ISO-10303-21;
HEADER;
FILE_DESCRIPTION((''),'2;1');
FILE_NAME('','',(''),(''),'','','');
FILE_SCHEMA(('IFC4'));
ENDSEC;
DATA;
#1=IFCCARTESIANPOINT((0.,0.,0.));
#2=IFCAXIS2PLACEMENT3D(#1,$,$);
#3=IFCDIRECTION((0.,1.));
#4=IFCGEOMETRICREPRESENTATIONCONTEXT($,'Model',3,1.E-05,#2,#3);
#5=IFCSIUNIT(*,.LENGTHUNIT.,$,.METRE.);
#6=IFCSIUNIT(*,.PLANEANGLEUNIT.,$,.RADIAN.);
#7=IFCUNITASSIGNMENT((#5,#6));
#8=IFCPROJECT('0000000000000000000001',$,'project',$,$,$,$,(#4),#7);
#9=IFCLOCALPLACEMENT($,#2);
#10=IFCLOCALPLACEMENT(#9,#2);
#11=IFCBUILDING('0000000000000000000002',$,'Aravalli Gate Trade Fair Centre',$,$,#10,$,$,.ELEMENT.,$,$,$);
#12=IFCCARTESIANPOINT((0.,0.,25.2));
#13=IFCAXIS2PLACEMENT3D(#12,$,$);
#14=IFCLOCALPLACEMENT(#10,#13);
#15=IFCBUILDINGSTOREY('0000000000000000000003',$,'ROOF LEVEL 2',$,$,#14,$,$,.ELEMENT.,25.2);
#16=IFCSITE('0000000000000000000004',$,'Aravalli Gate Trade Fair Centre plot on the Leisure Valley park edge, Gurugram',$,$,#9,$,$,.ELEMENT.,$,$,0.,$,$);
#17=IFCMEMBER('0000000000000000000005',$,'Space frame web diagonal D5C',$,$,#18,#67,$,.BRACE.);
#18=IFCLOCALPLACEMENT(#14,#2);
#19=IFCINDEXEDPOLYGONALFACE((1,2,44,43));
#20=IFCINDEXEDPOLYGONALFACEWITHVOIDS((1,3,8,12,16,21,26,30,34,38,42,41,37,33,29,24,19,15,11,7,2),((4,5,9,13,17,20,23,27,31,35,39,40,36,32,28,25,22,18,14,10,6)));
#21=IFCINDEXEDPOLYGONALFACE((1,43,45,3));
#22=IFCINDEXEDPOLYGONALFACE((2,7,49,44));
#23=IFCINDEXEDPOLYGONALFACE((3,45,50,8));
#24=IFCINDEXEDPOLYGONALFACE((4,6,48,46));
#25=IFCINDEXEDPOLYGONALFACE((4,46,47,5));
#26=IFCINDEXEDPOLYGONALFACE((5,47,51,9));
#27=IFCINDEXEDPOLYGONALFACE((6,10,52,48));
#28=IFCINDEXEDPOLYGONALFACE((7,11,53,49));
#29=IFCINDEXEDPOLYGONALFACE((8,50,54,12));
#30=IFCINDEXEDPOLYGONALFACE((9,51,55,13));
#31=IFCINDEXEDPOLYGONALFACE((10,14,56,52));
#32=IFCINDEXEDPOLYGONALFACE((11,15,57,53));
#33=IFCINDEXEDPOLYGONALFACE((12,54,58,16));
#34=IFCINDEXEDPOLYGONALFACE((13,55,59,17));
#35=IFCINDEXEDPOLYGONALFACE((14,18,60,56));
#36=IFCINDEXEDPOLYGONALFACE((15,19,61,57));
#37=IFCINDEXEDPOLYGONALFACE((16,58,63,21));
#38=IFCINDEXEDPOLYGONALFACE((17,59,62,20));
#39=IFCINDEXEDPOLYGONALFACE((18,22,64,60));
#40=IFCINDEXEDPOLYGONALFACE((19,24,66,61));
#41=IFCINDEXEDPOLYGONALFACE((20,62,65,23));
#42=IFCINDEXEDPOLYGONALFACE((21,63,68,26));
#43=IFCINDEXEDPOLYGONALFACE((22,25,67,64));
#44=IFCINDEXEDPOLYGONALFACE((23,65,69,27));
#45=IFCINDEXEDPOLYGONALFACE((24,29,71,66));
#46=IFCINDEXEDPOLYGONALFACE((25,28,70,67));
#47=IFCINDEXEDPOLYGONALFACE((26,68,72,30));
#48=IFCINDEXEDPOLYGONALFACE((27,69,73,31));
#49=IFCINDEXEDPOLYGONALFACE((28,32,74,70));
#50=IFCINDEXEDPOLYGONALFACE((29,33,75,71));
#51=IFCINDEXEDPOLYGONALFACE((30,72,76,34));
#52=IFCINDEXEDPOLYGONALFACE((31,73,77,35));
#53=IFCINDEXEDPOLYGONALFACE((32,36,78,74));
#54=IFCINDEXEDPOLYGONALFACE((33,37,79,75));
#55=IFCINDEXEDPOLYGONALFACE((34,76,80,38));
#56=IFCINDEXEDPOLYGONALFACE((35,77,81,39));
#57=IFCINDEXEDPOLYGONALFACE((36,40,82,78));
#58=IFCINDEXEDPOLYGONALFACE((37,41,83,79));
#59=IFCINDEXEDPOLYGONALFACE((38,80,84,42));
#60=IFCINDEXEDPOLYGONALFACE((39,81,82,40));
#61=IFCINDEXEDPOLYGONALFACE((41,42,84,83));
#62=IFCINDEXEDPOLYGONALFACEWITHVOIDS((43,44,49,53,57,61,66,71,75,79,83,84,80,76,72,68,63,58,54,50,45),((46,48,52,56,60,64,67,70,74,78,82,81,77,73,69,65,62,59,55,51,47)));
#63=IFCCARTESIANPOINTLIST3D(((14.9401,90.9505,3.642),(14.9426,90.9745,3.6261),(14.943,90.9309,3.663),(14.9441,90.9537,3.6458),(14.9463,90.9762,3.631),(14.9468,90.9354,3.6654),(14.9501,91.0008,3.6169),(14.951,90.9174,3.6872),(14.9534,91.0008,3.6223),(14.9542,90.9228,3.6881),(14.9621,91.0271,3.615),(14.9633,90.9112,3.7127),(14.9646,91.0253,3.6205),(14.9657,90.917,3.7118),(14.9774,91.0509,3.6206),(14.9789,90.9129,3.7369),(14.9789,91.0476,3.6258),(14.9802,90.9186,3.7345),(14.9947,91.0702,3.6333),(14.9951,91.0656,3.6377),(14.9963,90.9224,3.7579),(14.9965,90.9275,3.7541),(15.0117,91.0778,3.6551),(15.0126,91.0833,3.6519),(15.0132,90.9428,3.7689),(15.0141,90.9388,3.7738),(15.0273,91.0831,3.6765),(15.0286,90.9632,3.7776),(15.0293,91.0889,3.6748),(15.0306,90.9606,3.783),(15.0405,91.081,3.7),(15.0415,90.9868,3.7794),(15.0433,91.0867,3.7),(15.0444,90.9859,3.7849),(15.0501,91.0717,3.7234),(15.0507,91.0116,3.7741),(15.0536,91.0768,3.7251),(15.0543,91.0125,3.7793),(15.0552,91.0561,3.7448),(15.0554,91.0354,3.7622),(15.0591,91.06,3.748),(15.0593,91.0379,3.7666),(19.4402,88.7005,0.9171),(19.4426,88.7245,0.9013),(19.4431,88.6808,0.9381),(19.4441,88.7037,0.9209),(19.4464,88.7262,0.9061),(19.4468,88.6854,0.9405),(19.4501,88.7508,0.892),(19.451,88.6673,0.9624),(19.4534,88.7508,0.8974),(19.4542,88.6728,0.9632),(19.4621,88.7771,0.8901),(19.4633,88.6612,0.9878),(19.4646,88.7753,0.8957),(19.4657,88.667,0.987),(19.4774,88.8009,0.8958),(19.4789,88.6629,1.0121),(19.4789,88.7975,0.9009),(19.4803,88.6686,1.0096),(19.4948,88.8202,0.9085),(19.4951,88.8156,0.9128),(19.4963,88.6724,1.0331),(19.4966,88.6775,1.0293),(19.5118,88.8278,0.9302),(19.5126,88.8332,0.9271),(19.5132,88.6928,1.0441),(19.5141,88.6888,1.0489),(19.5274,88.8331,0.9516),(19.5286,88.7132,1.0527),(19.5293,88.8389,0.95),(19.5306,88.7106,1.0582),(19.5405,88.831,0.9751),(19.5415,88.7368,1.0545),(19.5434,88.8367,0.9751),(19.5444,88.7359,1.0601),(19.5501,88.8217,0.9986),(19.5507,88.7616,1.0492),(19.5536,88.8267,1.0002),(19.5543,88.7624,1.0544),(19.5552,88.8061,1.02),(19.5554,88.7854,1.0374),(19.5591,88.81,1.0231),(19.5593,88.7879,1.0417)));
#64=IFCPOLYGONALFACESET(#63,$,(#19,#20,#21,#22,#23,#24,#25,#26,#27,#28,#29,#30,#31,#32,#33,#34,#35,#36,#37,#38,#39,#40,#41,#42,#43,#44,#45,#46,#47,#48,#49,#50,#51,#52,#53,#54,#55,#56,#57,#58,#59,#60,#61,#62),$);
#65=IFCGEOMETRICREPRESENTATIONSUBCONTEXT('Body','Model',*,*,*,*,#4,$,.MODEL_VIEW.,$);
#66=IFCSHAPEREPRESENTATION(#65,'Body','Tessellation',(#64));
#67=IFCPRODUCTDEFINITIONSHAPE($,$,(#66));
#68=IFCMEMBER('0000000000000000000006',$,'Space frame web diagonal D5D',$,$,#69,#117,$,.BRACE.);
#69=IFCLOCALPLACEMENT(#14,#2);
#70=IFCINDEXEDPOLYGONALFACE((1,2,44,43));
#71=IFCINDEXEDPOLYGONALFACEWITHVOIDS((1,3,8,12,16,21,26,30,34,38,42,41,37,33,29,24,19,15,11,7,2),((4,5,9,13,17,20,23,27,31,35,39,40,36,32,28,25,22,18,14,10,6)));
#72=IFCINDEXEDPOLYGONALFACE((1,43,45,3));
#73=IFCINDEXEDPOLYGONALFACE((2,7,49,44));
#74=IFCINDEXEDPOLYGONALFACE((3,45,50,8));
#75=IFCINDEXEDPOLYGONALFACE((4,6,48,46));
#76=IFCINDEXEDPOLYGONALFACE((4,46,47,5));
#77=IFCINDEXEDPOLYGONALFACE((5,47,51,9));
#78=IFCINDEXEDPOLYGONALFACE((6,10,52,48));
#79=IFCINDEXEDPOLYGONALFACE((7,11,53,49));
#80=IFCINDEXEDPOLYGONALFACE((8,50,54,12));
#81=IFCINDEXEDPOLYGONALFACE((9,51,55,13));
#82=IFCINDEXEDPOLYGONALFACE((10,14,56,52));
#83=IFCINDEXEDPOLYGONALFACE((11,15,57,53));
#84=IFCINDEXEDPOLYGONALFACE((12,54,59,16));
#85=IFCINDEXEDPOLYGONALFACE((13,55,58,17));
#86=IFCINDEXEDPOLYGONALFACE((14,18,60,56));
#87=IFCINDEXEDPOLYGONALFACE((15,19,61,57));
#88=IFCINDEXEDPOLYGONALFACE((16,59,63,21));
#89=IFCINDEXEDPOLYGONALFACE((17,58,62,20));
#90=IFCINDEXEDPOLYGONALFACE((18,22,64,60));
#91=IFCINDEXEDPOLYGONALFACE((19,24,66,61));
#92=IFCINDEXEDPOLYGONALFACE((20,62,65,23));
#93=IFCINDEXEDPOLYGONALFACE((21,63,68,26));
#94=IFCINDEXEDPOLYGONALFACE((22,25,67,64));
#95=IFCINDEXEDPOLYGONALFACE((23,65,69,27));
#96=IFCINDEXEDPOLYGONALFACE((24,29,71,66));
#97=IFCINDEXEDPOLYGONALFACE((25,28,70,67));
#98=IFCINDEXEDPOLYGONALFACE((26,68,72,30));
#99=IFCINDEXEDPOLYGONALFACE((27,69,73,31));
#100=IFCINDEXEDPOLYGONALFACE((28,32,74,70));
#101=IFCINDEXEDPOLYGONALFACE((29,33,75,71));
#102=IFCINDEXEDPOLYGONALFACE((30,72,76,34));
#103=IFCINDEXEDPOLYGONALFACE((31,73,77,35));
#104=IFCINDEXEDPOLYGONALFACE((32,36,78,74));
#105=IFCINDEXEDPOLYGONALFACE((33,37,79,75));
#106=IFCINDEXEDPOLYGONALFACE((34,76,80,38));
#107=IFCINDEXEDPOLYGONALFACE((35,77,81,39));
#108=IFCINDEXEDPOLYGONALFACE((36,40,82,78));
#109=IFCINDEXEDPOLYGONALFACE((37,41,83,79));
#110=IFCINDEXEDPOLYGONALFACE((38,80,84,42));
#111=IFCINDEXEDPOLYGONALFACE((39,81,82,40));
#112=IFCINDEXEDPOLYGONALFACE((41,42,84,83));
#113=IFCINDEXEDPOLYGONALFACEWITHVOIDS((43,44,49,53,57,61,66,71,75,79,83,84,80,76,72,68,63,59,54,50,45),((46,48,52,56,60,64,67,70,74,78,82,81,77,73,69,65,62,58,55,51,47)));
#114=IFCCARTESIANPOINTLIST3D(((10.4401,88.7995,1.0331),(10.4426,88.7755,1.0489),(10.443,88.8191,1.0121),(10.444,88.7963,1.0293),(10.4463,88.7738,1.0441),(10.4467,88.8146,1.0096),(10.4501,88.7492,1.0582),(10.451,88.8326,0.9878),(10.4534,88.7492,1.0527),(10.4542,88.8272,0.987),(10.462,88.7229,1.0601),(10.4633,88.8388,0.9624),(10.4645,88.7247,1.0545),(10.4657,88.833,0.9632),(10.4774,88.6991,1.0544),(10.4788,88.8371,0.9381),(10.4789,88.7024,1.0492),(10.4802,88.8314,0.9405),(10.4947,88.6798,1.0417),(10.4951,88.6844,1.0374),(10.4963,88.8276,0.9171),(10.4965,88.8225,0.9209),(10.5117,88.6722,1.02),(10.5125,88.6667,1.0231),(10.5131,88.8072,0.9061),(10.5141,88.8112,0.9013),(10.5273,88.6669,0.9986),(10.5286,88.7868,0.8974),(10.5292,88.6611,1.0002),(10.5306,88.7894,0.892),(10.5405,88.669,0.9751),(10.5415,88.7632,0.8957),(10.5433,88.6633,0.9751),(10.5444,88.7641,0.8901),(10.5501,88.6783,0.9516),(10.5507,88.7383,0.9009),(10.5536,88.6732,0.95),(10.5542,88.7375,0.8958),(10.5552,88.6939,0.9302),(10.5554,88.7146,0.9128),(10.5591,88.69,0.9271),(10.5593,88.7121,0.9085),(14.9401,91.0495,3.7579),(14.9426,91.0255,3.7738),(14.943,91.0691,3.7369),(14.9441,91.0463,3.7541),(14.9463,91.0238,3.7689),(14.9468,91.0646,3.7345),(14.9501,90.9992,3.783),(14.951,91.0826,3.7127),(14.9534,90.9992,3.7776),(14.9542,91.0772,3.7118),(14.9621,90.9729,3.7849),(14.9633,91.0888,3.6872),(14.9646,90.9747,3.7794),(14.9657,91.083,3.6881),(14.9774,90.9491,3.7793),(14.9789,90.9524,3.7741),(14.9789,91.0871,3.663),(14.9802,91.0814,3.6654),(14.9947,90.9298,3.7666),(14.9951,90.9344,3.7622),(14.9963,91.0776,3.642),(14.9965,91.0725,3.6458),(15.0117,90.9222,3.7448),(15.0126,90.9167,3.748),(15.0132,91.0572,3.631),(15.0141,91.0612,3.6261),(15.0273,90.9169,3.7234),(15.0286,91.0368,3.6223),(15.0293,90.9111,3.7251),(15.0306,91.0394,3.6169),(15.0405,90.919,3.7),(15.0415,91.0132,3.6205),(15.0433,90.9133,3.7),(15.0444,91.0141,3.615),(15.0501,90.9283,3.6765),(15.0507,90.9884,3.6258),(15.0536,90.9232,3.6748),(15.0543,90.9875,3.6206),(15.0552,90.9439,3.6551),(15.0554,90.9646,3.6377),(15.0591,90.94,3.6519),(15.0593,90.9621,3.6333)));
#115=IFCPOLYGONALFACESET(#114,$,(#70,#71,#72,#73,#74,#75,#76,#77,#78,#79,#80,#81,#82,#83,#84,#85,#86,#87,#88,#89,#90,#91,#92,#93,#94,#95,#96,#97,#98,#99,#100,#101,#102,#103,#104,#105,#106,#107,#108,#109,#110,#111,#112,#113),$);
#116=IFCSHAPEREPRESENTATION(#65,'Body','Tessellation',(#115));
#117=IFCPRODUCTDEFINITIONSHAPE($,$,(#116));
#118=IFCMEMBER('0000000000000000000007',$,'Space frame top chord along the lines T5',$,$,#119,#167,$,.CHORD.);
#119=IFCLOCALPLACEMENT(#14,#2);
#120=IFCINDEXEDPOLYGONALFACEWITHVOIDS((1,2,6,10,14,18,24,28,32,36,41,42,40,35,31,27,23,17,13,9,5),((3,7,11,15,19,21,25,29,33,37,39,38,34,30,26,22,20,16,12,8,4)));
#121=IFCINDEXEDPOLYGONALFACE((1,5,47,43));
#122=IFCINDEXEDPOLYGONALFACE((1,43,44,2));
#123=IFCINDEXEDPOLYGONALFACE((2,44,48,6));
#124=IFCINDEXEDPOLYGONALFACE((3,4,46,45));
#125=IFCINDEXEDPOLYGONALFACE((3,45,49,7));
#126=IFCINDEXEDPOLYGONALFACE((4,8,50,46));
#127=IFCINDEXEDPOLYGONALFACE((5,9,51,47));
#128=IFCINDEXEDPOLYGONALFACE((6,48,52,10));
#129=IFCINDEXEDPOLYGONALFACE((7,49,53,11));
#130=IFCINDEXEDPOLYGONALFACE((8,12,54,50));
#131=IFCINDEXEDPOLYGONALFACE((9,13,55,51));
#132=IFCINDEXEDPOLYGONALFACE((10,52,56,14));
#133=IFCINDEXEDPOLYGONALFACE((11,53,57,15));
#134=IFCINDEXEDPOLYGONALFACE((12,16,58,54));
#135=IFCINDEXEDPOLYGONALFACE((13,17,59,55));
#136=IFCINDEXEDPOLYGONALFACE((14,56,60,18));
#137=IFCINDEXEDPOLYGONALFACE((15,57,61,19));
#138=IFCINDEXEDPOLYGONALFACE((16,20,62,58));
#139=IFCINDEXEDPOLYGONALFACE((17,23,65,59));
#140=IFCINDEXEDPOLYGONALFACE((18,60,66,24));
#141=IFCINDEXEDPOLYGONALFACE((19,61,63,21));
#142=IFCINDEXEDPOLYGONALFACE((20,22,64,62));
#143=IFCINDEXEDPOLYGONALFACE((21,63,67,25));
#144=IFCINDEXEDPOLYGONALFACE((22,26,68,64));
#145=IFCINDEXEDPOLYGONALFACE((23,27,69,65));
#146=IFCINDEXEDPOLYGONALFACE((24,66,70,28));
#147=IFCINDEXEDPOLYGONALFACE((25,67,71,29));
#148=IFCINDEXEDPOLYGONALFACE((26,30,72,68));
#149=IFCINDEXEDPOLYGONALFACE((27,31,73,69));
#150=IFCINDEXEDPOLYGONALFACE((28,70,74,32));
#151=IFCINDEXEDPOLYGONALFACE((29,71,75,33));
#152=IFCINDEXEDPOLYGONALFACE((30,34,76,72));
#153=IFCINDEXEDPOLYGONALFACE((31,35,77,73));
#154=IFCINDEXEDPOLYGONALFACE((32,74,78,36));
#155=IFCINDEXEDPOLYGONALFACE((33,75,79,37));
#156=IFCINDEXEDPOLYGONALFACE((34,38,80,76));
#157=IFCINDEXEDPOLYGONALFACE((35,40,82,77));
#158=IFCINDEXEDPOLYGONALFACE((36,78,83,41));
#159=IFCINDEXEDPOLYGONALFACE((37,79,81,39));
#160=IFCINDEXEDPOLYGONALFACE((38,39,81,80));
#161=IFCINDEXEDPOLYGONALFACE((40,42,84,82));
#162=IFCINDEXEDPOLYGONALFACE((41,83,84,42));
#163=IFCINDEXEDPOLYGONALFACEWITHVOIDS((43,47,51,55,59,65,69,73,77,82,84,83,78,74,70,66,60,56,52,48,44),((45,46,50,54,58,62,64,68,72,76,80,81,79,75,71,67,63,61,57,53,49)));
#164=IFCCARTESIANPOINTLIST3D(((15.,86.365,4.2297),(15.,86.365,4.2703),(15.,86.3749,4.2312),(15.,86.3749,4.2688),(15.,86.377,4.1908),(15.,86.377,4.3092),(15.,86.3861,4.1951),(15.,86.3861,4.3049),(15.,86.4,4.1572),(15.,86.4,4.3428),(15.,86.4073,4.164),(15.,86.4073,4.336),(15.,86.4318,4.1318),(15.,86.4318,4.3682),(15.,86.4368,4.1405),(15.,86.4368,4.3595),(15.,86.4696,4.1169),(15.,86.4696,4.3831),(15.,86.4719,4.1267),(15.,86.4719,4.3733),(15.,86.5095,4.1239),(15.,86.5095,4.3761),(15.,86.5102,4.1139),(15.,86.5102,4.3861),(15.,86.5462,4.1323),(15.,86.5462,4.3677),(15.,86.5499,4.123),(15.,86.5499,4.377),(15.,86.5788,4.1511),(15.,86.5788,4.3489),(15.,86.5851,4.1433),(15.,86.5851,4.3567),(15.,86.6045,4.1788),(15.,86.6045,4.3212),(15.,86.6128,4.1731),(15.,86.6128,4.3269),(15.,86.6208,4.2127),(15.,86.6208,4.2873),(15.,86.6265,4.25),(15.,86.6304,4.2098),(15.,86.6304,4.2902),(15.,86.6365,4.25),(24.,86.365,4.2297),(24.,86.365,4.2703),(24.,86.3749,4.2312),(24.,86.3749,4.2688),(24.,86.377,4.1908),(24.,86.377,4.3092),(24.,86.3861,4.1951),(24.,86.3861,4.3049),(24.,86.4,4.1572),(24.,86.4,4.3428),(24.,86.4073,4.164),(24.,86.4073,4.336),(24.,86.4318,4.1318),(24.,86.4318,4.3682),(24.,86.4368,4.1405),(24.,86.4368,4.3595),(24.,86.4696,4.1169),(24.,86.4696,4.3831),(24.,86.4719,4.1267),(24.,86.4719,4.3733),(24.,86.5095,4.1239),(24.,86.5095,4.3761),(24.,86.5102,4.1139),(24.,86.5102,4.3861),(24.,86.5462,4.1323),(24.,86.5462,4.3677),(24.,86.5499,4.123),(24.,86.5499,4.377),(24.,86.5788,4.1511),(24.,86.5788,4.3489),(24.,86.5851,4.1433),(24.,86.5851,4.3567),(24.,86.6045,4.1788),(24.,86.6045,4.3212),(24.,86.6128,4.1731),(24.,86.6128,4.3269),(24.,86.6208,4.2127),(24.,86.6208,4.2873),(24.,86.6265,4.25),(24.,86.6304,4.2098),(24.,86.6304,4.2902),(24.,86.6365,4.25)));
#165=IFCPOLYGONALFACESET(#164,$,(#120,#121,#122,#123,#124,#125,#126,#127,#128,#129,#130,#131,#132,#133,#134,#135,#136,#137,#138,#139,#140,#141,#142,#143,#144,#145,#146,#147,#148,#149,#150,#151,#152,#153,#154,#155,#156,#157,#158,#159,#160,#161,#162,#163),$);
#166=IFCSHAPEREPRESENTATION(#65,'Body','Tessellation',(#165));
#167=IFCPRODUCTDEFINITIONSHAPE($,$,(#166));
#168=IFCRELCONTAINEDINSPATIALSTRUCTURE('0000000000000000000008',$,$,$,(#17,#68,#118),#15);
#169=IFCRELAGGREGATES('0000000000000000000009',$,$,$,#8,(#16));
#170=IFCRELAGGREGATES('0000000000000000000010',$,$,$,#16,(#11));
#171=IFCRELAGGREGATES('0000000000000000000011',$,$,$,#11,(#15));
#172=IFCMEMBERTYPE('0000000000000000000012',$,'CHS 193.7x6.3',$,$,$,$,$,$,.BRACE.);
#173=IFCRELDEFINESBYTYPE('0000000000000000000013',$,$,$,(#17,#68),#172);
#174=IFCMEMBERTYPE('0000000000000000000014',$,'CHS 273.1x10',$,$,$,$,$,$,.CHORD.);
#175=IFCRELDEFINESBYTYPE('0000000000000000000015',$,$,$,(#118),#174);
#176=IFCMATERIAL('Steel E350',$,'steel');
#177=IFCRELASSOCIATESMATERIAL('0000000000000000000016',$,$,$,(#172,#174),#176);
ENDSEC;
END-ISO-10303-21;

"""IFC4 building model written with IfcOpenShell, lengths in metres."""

from ifc_helpers import new_model, si_unit, direction, frame, origin, origin_2d, place, context, subcontext, project, spatial, hollow_circle, extrude, material, material_profile, profile_set, type_object, element, save


model = new_model("IFC4")

# Units and contexts
model_context = context("Model", 3, precision=1e-05, world=origin(), true_north=direction((0.0, 1.0)))
body_context = subcontext(model_context, "Body", "Model", "MODEL_VIEW")
ifc_project = project(units=[si_unit("LENGTHUNIT", "METRE"), si_unit("PLANEANGLEUNIT", "RADIAN")], contexts=[model_context])

# Site, building, storey
site_placement = place(None, origin())
site = spatial("IfcSite", under=ifc_project, at=site_placement, Name="Aravalli Gate Trade Fair Centre plot on the Leisure Valley park edge, Gurugram", CompositionType="ELEMENT", RefElevation=0.0)
building_placement = place(site_placement, origin())
building = spatial("IfcBuilding", under=site, at=building_placement, Name="Aravalli Gate Trade Fair Centre", CompositionType="ELEMENT")
storey_placement = place(building_placement, frame((0.0, 0.0, 25.2)))
storey = spatial("IfcBuildingStorey", under=building, at=storey_placement, Name="ROOF LEVEL 2", CompositionType="ELEMENT", Elevation=25.2)

# Members
ifc_material_1 = material(Name="Steel E350", Category="steel")
ifc_material_profile_1 = material_profile(ifc_material_1, hollow_circle(Radius=0.0969, WallThickness=0.0063, at=origin_2d()), Name="CHS 193.7x6.3")
ifc_profile_set_1 = profile_set([ifc_material_profile_1], Name="Steel E350")
member_type_1 = type_object("IfcMemberType", Name="CHS 193.7x6.3", PredefinedType="BRACE", material=ifc_profile_set_1)
for number, where, z_axis, x_axis, name in (
    (1, (15.0, 91.0, 3.7), (0.786486, -0.393243, -0.476235), (0.447214, 0.894427, 0.0), "Space frame web diagonal D5C"),
    (2, (15.0, 91.0, 3.7), (-0.786486, -0.393243, -0.476235), (0.447214, -0.894427, 0.0), "Space frame web diagonal D5D"),
):
    element("IfcMember", number, at=place(storey_placement, frame(where, z_axis=z_axis, x_axis=x_axis)), inside=storey, type_object=member_type_1, Name=name, PredefinedType="BRACE", context=body_context, shape_type="SweptSolid", body=[
        extrude(hollow_circle(Radius=0.0969, WallThickness=0.0063, at=origin_2d()), origin(), (0.0, 0.0, 1.0), 5.7217),
    ])
ifc_material_profile_2 = material_profile(ifc_material_1, hollow_circle(Radius=0.1365, WallThickness=0.01, at=origin_2d()), Name="CHS 273.1x10")
ifc_profile_set_2 = profile_set([ifc_material_profile_2], Name="Steel E350")
member_type_2 = type_object("IfcMemberType", Name="CHS 273.1x10", PredefinedType="CHORD", material=ifc_profile_set_2)
for number, where, z_axis, x_axis, name in (
    (3, (15.0, 86.5, 4.25), (1.0, 0.0, 0.0), (0.0, 1.0, 0.0), "Space frame top chord along the lines T5"),
):
    element("IfcMember", number, at=place(storey_placement, frame(where, z_axis=z_axis, x_axis=x_axis)), inside=storey, type_object=member_type_2, Name=name, PredefinedType="CHORD", context=body_context, shape_type="SweptSolid", body=[
        extrude(hollow_circle(Radius=0.1365, WallThickness=0.01, at=origin_2d()), origin(), (0.0, 0.0, 1.0), 9.0),
    ])

save(model, "model.ifc")
